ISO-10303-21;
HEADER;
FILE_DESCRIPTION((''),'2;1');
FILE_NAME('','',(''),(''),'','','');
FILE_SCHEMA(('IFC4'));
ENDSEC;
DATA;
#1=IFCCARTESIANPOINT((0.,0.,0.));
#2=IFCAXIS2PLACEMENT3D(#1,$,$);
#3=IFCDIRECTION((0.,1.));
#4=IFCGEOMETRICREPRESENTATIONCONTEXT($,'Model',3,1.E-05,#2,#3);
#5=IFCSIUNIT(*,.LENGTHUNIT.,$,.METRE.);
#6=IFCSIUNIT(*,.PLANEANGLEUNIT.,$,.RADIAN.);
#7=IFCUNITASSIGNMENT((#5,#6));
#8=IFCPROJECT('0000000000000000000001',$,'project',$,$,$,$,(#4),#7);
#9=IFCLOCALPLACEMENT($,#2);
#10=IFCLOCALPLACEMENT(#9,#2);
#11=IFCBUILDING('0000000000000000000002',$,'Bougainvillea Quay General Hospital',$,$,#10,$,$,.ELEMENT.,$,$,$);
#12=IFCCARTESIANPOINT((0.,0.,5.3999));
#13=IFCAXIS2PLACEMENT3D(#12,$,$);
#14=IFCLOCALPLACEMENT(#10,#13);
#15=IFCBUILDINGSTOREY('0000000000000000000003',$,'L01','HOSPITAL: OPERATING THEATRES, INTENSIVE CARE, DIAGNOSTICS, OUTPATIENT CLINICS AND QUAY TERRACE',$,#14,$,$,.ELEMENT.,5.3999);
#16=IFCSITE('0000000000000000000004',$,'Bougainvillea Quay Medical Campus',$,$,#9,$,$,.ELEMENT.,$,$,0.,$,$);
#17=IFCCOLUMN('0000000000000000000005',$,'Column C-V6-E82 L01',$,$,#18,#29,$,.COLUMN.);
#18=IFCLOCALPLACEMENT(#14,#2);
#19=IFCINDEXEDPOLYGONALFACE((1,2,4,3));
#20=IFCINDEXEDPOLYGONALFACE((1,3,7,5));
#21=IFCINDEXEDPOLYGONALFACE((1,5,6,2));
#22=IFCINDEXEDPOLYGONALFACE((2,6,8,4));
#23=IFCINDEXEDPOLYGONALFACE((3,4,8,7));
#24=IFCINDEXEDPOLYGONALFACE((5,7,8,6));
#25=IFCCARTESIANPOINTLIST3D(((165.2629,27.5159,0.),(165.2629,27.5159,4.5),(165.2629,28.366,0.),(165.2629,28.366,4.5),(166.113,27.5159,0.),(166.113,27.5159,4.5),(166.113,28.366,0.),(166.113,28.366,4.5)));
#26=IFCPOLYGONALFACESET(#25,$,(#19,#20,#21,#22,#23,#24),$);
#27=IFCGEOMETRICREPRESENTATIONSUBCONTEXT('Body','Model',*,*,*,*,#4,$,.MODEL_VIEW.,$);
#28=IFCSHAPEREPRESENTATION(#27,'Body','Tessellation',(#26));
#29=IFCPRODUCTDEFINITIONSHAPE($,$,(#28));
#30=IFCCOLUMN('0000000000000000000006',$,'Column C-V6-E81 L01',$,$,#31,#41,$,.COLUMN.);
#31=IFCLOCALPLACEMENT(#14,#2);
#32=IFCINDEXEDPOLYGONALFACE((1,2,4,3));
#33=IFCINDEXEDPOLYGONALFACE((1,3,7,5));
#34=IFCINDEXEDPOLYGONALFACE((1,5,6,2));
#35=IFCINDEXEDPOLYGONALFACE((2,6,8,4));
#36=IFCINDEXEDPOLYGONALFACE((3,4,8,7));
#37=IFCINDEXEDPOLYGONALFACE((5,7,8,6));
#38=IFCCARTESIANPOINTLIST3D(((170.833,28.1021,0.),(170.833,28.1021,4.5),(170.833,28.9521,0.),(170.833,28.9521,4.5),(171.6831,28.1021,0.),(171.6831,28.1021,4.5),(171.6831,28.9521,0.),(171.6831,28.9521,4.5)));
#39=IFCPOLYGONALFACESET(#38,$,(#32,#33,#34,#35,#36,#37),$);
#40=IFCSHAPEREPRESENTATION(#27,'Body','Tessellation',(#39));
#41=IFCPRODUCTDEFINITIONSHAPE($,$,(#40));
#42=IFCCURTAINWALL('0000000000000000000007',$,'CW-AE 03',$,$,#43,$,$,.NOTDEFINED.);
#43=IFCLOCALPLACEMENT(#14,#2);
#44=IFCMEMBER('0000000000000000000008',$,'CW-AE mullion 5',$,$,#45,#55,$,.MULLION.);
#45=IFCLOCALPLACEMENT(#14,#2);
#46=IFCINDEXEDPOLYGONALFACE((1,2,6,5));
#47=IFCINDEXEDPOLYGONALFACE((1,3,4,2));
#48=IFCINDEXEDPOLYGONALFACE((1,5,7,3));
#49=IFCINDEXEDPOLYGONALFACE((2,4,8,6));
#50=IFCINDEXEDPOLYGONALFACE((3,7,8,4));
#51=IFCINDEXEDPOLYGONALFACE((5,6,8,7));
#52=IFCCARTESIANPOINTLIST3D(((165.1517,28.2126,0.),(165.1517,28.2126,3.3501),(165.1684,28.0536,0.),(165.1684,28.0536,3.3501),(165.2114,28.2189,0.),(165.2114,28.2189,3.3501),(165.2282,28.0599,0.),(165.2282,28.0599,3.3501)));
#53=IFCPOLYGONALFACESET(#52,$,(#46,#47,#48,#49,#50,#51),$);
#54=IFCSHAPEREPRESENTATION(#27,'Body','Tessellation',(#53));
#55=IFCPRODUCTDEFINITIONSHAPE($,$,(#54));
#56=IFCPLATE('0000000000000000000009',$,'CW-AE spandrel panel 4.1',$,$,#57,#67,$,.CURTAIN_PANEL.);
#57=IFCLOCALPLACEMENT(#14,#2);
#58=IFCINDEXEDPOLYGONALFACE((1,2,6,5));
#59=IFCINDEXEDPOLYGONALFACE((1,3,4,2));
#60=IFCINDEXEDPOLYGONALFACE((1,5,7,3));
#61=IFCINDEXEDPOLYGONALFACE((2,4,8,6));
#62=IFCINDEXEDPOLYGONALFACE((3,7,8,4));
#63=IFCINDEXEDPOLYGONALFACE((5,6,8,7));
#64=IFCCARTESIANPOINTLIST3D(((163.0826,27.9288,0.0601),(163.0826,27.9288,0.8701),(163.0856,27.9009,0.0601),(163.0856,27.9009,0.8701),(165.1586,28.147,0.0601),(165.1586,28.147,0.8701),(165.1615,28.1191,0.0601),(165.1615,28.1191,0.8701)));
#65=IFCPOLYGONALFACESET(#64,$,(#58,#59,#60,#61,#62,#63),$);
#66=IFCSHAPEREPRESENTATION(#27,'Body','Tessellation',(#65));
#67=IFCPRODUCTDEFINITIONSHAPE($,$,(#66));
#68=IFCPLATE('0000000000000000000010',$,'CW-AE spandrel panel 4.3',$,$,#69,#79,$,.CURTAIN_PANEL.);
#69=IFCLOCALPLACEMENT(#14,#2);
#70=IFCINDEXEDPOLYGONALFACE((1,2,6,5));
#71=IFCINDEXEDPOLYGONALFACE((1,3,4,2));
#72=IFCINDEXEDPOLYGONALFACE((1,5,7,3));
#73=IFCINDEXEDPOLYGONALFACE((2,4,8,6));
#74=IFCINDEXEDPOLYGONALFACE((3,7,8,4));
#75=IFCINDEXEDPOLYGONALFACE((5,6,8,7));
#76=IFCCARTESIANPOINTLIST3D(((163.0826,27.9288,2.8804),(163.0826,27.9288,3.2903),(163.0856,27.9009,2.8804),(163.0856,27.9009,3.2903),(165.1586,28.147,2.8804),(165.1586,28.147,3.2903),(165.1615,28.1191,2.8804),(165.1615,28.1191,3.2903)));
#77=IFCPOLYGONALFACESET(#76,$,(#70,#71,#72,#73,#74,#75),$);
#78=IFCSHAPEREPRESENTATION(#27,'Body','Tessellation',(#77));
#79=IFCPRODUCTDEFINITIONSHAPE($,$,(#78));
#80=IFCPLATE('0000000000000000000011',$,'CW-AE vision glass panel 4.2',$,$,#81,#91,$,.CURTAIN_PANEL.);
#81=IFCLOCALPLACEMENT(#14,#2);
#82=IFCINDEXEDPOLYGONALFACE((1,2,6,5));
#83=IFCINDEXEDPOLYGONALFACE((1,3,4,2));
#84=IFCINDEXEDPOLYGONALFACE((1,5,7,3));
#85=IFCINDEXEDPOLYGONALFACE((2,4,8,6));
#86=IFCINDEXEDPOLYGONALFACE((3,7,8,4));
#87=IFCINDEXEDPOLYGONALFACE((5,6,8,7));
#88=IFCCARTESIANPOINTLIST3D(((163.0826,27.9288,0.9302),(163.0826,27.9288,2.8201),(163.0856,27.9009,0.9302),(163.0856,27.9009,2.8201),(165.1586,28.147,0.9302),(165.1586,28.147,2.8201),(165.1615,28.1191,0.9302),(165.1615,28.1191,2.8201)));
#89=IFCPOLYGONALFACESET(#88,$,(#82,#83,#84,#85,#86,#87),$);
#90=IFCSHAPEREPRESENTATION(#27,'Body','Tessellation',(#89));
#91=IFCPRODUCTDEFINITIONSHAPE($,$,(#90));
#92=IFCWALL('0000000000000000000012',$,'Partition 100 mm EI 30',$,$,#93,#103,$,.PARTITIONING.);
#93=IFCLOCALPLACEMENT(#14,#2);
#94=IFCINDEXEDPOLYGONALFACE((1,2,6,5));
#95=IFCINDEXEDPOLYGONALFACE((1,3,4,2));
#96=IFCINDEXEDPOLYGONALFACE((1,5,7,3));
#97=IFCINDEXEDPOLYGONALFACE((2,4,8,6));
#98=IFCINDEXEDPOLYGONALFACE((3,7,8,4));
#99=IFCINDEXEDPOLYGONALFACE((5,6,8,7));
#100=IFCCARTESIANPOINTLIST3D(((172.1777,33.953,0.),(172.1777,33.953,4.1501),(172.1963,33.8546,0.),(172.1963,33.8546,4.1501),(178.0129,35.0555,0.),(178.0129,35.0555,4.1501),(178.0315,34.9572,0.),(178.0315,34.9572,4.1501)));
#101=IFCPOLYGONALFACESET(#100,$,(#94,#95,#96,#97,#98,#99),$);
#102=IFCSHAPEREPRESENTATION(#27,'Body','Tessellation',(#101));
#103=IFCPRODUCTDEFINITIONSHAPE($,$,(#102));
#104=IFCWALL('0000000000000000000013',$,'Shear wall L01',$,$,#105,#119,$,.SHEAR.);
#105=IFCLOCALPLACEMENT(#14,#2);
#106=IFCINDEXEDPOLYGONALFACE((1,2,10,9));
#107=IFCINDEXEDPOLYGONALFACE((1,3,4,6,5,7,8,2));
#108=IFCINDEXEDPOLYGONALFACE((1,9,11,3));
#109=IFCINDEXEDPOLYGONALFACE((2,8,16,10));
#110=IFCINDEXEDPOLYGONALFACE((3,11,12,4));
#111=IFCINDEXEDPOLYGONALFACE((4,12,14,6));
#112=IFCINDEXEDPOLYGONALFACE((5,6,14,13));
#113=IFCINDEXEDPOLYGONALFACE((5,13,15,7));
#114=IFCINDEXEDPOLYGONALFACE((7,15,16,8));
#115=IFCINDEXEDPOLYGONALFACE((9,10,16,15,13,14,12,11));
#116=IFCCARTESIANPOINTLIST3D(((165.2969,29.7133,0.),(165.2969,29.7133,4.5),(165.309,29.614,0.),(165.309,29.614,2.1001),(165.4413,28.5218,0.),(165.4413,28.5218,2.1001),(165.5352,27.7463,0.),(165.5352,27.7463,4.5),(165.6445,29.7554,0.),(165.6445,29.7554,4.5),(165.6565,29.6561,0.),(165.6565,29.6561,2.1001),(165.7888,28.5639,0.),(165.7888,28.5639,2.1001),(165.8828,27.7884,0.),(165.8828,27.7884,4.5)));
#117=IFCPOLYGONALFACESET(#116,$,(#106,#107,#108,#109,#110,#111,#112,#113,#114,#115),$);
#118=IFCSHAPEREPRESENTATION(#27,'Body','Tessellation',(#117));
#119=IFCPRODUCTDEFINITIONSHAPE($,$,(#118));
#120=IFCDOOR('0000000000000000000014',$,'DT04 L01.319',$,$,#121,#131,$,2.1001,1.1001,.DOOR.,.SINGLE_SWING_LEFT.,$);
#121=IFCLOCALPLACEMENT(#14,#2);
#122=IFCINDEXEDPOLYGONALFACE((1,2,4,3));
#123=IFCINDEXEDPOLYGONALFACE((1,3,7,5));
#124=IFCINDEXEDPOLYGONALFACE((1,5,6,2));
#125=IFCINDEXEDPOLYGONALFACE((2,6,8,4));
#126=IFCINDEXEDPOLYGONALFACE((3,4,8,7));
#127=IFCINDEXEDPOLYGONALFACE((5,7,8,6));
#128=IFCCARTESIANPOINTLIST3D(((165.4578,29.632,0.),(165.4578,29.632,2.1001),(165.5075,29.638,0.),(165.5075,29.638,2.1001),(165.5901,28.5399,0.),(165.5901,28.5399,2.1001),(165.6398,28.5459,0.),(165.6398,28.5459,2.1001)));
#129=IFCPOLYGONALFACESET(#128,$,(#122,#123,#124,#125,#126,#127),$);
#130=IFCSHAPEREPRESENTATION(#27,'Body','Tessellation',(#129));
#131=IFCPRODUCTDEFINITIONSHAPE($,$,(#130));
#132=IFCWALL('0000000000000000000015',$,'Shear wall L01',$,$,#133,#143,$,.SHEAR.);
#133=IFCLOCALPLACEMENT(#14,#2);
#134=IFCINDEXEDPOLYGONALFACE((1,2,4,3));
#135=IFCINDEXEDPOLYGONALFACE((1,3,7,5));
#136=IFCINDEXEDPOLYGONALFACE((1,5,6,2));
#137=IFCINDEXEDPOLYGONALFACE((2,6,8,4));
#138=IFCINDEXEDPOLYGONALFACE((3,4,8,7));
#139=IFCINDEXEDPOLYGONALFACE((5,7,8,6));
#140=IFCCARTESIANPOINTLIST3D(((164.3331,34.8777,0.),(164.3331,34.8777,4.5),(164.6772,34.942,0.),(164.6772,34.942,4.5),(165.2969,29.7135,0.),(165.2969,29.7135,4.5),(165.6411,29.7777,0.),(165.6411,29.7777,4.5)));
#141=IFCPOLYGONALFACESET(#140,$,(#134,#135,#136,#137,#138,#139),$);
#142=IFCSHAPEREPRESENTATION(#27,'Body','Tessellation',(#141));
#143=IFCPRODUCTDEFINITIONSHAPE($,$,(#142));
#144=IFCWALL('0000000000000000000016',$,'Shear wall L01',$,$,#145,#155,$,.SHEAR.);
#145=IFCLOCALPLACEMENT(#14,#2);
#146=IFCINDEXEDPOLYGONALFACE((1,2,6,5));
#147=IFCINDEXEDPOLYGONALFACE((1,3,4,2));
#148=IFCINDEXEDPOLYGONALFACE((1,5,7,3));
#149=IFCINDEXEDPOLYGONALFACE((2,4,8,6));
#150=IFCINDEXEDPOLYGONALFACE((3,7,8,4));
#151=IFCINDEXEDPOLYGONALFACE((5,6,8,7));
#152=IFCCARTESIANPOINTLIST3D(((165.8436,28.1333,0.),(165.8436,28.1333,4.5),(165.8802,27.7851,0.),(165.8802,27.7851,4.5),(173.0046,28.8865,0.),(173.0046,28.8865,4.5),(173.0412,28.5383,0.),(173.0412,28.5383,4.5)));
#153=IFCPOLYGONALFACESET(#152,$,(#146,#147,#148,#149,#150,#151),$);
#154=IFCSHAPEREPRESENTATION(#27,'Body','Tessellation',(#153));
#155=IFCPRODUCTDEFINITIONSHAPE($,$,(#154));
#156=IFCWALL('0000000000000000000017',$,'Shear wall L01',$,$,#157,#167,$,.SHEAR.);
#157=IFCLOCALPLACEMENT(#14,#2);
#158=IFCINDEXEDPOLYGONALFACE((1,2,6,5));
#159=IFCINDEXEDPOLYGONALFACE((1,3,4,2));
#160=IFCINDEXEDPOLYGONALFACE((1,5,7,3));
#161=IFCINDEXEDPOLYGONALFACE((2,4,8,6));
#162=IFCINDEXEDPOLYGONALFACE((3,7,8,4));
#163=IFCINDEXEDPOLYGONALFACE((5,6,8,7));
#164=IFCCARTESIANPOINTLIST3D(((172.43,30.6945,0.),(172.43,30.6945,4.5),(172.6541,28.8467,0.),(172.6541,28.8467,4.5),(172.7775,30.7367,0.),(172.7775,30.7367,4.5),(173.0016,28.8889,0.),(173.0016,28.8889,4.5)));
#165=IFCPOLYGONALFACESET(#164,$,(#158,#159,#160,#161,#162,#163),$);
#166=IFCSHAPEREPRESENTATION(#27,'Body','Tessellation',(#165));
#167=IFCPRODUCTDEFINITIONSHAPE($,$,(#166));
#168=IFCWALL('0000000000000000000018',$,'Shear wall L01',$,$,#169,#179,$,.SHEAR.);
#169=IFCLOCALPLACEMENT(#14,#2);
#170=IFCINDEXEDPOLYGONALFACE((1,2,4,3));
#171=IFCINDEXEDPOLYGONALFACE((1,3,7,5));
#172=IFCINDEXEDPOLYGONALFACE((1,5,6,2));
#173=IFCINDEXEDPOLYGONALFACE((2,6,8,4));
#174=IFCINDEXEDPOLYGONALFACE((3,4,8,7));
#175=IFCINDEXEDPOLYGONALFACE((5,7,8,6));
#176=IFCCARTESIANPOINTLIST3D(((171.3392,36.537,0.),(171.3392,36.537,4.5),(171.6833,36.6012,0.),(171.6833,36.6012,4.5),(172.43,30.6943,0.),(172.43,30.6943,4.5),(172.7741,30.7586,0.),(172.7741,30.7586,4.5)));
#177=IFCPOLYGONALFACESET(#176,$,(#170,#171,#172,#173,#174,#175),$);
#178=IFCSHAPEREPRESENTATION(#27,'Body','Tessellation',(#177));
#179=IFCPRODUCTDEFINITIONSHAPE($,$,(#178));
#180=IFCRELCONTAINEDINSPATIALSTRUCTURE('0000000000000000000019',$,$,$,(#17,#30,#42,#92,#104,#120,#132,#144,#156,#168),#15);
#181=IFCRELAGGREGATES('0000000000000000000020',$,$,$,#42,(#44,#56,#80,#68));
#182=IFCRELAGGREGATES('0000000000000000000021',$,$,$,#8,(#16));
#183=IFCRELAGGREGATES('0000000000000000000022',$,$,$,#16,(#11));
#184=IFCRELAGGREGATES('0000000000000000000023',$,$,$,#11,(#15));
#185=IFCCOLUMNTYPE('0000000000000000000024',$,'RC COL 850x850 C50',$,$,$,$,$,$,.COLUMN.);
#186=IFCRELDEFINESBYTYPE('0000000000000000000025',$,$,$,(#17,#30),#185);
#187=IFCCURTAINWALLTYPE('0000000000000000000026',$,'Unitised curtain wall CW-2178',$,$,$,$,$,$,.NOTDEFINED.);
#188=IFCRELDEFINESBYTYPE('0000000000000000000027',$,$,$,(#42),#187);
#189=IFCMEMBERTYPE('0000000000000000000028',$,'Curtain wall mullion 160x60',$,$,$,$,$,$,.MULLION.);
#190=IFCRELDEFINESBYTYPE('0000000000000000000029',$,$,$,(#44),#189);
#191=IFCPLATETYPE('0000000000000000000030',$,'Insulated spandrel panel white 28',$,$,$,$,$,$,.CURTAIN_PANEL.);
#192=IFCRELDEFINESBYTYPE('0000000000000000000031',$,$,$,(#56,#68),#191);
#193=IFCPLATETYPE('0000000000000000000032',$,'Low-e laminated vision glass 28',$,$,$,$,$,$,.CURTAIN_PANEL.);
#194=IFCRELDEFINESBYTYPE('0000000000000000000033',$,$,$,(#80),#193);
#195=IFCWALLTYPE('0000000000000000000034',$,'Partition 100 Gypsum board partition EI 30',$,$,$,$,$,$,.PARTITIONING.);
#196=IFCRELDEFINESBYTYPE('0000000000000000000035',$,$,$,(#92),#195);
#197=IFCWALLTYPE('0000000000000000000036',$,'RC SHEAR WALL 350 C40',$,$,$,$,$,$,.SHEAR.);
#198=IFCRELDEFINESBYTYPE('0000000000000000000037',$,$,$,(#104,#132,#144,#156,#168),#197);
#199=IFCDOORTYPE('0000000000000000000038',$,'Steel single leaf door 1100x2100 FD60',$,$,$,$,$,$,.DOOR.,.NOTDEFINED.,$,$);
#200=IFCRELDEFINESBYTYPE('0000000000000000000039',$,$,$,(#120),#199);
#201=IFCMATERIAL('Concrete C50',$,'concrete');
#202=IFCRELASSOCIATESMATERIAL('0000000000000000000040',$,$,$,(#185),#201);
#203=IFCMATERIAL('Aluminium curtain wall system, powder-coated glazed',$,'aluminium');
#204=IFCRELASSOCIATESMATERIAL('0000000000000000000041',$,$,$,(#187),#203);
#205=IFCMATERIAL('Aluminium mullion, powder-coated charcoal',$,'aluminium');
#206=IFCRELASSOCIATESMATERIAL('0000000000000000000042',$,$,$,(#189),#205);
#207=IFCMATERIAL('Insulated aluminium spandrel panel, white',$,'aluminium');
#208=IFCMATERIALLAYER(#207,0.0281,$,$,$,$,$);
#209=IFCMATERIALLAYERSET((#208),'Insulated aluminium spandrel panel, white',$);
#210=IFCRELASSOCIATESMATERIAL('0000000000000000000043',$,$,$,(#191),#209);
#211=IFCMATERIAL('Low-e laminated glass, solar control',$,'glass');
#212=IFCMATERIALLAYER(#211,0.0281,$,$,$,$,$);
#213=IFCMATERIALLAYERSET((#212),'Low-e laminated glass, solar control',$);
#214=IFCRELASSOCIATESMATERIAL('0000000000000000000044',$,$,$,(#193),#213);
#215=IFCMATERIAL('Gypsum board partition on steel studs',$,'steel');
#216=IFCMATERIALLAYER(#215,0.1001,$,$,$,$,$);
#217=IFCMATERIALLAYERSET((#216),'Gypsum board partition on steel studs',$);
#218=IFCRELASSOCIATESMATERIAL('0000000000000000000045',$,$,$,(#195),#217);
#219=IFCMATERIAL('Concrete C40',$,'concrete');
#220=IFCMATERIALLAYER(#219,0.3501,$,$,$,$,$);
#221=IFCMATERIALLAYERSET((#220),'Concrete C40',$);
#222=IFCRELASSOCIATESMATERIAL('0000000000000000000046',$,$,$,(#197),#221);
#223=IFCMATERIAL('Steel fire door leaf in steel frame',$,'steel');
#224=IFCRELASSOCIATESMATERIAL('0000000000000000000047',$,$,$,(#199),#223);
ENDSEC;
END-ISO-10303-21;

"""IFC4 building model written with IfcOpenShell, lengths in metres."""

from ifc_helpers import new_model, si_unit, direction, frame, frame_2d, origin, origin_2d, place, context, subcontext, project, spatial, rectangle, extrude, material, layer, layer_set, material_profile, profile_set, type_object, element, fill, aggregate, save


model = new_model("IFC4")

# Units and contexts
model_context = context("Model", 3, precision=1e-05, world=origin(), true_north=direction((0.0, 1.0)))
body_context = subcontext(model_context, "Body", "Model", "MODEL_VIEW")
ifc_project = project(units=[si_unit("LENGTHUNIT", "METRE"), si_unit("PLANEANGLEUNIT", "RADIAN")], contexts=[model_context])

# Site, building, storey
site_placement = place(None, origin())
site = spatial("IfcSite", under=ifc_project, at=site_placement, Name="Bougainvillea Quay Medical Campus", CompositionType="ELEMENT", RefElevation=0.0)
building_placement = place(site_placement, origin())
building = spatial("IfcBuilding", under=site, at=building_placement, Name="Bougainvillea Quay General Hospital", CompositionType="ELEMENT")
storey_placement = place(building_placement, frame((0.0, 0.0, 5.3999)))
storey = spatial("IfcBuildingStorey", under=building, at=storey_placement, Name="L01", Description="HOSPITAL: OPERATING THEATRES, INTENSIVE CARE, DIAGNOSTICS, OUTPATIENT CLINICS AND QUAY TERRACE", CompositionType="ELEMENT", Elevation=5.3999)

# Columns
ifc_material_1 = material(Name="Concrete C50", Category="concrete")
ifc_material_profile_1 = material_profile(ifc_material_1, rectangle(XDim=0.8501, YDim=0.8501, at=origin_2d()))
ifc_profile_set_1 = profile_set([ifc_material_profile_1], Name="Concrete C50")
column_type = type_object("IfcColumnType", Name="RC COL 850x850 C50", PredefinedType="COLUMN", material=ifc_profile_set_1)
for number, where, z_axis, x_axis, name in (
    (1, (165.688, 27.9409, 0.0), (0.0, 0.0, 1.0), (1.0, 0.0, 0.0), "Column C-V6-E82 L01"),
    (2, (171.2581, 28.5271, 0.0), (0.0, 0.0, 1.0), (1.0, 0.0, 0.0), "Column C-V6-E81 L01"),
):
    element("IfcColumn", number, at=place(storey_placement, frame(where, z_axis=z_axis, x_axis=x_axis)), inside=storey, type_object=column_type, Name=name, PredefinedType="COLUMN", context=body_context, shape_type="SweptSolid", body=[
        extrude(rectangle(XDim=0.8501, YDim=0.8501, at=origin_2d()), origin(), (0.0, 0.0, 1.0), 4.5),
    ])

# Curtain wall, member, plates
ifc_material_2 = material(Name="Aluminium curtain wall system, powder-coated glazed", Category="aluminium")
curtain_wall_type = type_object("IfcCurtainWallType", Name="Unitised curtain wall CW-2178", PredefinedType="NOTDEFINED", material=ifc_material_2)
curtain_wall_placement = place(storey_placement, origin())
curtain_wall = element("IfcCurtainWall", 3, at=curtain_wall_placement, inside=storey, type_object=curtain_wall_type, Name="CW-AE 03", PredefinedType="NOTDEFINED")
ifc_material_3 = material(Name="Aluminium mullion, powder-coated charcoal", Category="aluminium")
ifc_material_profile_2 = material_profile(ifc_material_3, rectangle(XDim=0.1599, YDim=0.0601, at=origin_2d()))
ifc_profile_set_2 = profile_set([ifc_material_profile_2], Name="Aluminium mullion, powder-coated charcoal")
member_type = type_object("IfcMemberType", Name="Curtain wall mullion 160x60", PredefinedType="MULLION", material=ifc_profile_set_2)
member_placement = place(storey_placement, frame((165.1899, 28.1362, 0.0), z_axis=(0.0, 0.0, 1.0), x_axis=(-0.104527, 0.994522, 0.0)))
member = element("IfcMember", 4, at=member_placement, type_object=member_type, Name="CW-AE mullion 5", PredefinedType="MULLION", context=body_context, shape_type="SweptSolid", body=[
    extrude(rectangle(XDim=0.1599, YDim=0.0601, at=origin_2d()), origin(), (0.0, 0.0, 1.0), 3.3501),
])
ifc_material_4 = material(Name="Insulated aluminium spandrel panel, white", Category="aluminium")
ifc_layer_1 = layer(ifc_material_4, 0.0281)
ifc_layer_set_1 = layer_set([ifc_layer_1], Name="Insulated aluminium spandrel panel, white")
plate_type_1 = type_object("IfcPlateType", Name="Insulated spandrel panel white 28", PredefinedType="CURTAIN_PANEL", material=ifc_layer_set_1)
plate_1_placement = place(storey_placement, frame((164.1221, 28.0239, 0.0601), z_axis=(0.0, 0.0, 1.0), x_axis=(0.994522, 0.104527, 0.0)))
plate_1 = element("IfcPlate", 5, at=plate_1_placement, type_object=plate_type_1, Name="CW-AE spandrel panel 4.1", PredefinedType="CURTAIN_PANEL", context=body_context, shape_type="SweptSolid", body=[
    extrude(rectangle(XDim=2.0874, YDim=0.0281, at=origin_2d()), origin(), (0.0, 0.0, 1.0), 0.8101),
])
plate_2_placement = place(storey_placement, frame((164.1221, 28.0239, 2.8804), z_axis=(0.0, 0.0, 1.0), x_axis=(0.994522, 0.104527, 0.0)))
plate_2 = element("IfcPlate", 6, at=plate_2_placement, type_object=plate_type_1, Name="CW-AE spandrel panel 4.3", PredefinedType="CURTAIN_PANEL", context=body_context, shape_type="SweptSolid", body=[
    extrude(rectangle(XDim=2.0874, YDim=0.0281, at=origin_2d()), origin(), (0.0, 0.0, 1.0), 0.4099),
])
ifc_material_5 = material(Name="Low-e laminated glass, solar control", Category="glass")
ifc_layer_2 = layer(ifc_material_5, 0.0281)
ifc_layer_set_2 = layer_set([ifc_layer_2], Name="Low-e laminated glass, solar control")
plate_type_2 = type_object("IfcPlateType", Name="Low-e laminated vision glass 28", PredefinedType="CURTAIN_PANEL", material=ifc_layer_set_2)
plate_3_placement = place(storey_placement, frame((164.1221, 28.0239, 0.9302), z_axis=(0.0, 0.0, 1.0), x_axis=(0.994522, 0.104527, 0.0)))
plate_3 = element("IfcPlate", 7, at=plate_3_placement, type_object=plate_type_2, Name="CW-AE vision glass panel 4.2", PredefinedType="CURTAIN_PANEL", context=body_context, shape_type="SweptSolid", body=[
    extrude(rectangle(XDim=2.0874, YDim=0.0281, at=origin_2d()), origin(), (0.0, 0.0, 1.0), 1.8899),
])
aggregate(curtain_wall, [member, plate_1, plate_3, plate_2])

# Wall
ifc_material_6 = material(Name="Gypsum board partition on steel studs", Category="steel")
ifc_layer_3 = layer(ifc_material_6, 0.1001)
ifc_layer_set_3 = layer_set([ifc_layer_3], Name="Gypsum board partition on steel studs")
wall_type_1 = type_object("IfcWallType", Name="Partition 100 Gypsum board partition EI 30", PredefinedType="PARTITIONING", material=ifc_layer_set_3)
wall_1_placement = place(storey_placement, frame((172.187, 33.9038, 0.0), z_axis=(0.0, 0.0, 1.0), x_axis=(0.982614, 0.185661, 0.0)))
element("IfcWall", 8, at=wall_1_placement, inside=storey, type_object=wall_type_1, Name="Partition 100 mm EI 30", PredefinedType="PARTITIONING", context=body_context, shape_type="SweptSolid", body=[
    extrude(rectangle(XDim=5.9385, YDim=0.1001, at=frame_2d((2.9692, 0.0))), origin(), (0.0, 0.0, 1.0), 4.1501),
])

# Wall, opening, door
ifc_material_7 = material(Name="Concrete C40", Category="concrete")
ifc_layer_4 = layer(ifc_material_7, 0.3501)
ifc_layer_set_4 = layer_set([ifc_layer_4], Name="Concrete C40")
wall_type_2 = type_object("IfcWallType", Name="RC SHEAR WALL 350 C40", PredefinedType="SHEAR", material=ifc_layer_set_4)
wall_2_placement = place(storey_placement, frame((165.4707, 29.7344, 0.0), z_axis=(0.0, 0.0, 1.0), x_axis=(0.120258, -0.992743, 0.0)))
wall_2 = element("IfcWall", 9, at=wall_2_placement, inside=storey, type_object=wall_type_2, Name="Shear wall L01", PredefinedType="SHEAR", context=body_context, shape_type="SweptSolid", body=[
    extrude(rectangle(XDim=1.9814, YDim=0.3501, at=frame_2d((0.9907, 0.0))), origin(), (0.0, 0.0, 1.0), 4.5),
])
opening_placement = place(wall_2_placement, frame((0.1001, 0.0, 0.0)))
opening = element("IfcOpeningElement", 10, at=opening_placement, cuts=wall_2, PredefinedType="OPENING", context=body_context, shape_type="SweptSolid", body=[
    extrude(rectangle(XDim=1.1001, YDim=2.1001, at=frame_2d((0.55, 1.05))), frame((0.0, 0.1851, 0.0), z_axis=(0.0, -1.0, 0.0), x_axis=(1.0, 0.0, 0.0)), (0.0, 0.0, 1.0), 0.3701),
])
ifc_material_8 = material(Name="Steel fire door leaf in steel frame", Category="steel")
door_type = type_object("IfcDoorType", Name="Steel single leaf door 1100x2100 FD60", OperationType="NOTDEFINED", PredefinedType="DOOR", material=ifc_material_8)
door_placement = place(opening_placement, origin())
door = element("IfcDoor", 11, at=door_placement, inside=storey, type_object=door_type, Name="DT04 L01.319", OperationType="SINGLE_SWING_LEFT", OverallHeight=2.1001, OverallWidth=1.1001, PredefinedType="DOOR", context=body_context, shape_type="SweptSolid", body=[
    extrude(rectangle(XDim=1.1001, YDim=2.1001, at=frame_2d((0.55, 1.05))), frame((0.0, 0.0249, 0.0), z_axis=(0.0, -1.0, 0.0), x_axis=(1.0, 0.0, 0.0)), (0.0, 0.0, 1.0), 0.05),
])
fill(opening, door)

# Walls
wall_3_placement = place(storey_placement, frame((165.469, 29.7456, 0.0), z_axis=(0.0, 0.0, 1.0), x_axis=(-0.183472, 0.983025, 0.0)))
element("IfcWall", 12, at=wall_3_placement, inside=storey, type_object=wall_type_2, Name="Shear wall L01", PredefinedType="SHEAR", context=body_context, shape_type="SweptSolid", body=[
    extrude(rectangle(XDim=5.2534, YDim=0.3501, at=frame_2d((2.6267, 0.0))), origin(), (0.0, 0.0, 1.0), 4.5),
])
wall_4_placement = place(storey_placement, frame((165.8621, 27.9592, 0.0), z_axis=(0.0, 0.0, 1.0), x_axis=(0.994514, 0.104602, 0.0)))
element("IfcWall", 13, at=wall_4_placement, inside=storey, type_object=wall_type_2, Name="Shear wall L01", PredefinedType="SHEAR", context=body_context, shape_type="SweptSolid", body=[
    extrude(rectangle(XDim=7.2004, YDim=0.3501, at=frame_2d((3.6001, 0.0))), origin(), (0.0, 0.0, 1.0), 4.5),
])
wall_5_placement = place(storey_placement, frame((172.6038, 30.7156, 0.0), z_axis=(0.0, 0.0, 1.0), x_axis=(0.120402, -0.992725, 0.0)))
element("IfcWall", 14, at=wall_5_placement, inside=storey, type_object=wall_type_2, Name="Shear wall L01", PredefinedType="SHEAR", context=body_context, shape_type="SweptSolid", body=[
    extrude(rectangle(XDim=1.8613, YDim=0.3501, at=frame_2d((0.9307, 0.0))), origin(), (0.0, 0.0, 1.0), 4.5),
])
wall_6_placement = place(storey_placement, frame((172.6021, 30.7266, 0.0), z_axis=(0.0, 0.0, 1.0), x_axis=(-0.183532, 0.983014, 0.0)))
element("IfcWall", 15, at=wall_6_placement, inside=storey, type_object=wall_type_2, Name="Shear wall L01", PredefinedType="SHEAR", context=body_context, shape_type="SweptSolid", body=[
    extrude(rectangle(XDim=5.9436, YDim=0.3501, at=frame_2d((2.9717, 0.0))), origin(), (0.0, 0.0, 1.0), 4.5),
])

save(model, "model.ifc")
